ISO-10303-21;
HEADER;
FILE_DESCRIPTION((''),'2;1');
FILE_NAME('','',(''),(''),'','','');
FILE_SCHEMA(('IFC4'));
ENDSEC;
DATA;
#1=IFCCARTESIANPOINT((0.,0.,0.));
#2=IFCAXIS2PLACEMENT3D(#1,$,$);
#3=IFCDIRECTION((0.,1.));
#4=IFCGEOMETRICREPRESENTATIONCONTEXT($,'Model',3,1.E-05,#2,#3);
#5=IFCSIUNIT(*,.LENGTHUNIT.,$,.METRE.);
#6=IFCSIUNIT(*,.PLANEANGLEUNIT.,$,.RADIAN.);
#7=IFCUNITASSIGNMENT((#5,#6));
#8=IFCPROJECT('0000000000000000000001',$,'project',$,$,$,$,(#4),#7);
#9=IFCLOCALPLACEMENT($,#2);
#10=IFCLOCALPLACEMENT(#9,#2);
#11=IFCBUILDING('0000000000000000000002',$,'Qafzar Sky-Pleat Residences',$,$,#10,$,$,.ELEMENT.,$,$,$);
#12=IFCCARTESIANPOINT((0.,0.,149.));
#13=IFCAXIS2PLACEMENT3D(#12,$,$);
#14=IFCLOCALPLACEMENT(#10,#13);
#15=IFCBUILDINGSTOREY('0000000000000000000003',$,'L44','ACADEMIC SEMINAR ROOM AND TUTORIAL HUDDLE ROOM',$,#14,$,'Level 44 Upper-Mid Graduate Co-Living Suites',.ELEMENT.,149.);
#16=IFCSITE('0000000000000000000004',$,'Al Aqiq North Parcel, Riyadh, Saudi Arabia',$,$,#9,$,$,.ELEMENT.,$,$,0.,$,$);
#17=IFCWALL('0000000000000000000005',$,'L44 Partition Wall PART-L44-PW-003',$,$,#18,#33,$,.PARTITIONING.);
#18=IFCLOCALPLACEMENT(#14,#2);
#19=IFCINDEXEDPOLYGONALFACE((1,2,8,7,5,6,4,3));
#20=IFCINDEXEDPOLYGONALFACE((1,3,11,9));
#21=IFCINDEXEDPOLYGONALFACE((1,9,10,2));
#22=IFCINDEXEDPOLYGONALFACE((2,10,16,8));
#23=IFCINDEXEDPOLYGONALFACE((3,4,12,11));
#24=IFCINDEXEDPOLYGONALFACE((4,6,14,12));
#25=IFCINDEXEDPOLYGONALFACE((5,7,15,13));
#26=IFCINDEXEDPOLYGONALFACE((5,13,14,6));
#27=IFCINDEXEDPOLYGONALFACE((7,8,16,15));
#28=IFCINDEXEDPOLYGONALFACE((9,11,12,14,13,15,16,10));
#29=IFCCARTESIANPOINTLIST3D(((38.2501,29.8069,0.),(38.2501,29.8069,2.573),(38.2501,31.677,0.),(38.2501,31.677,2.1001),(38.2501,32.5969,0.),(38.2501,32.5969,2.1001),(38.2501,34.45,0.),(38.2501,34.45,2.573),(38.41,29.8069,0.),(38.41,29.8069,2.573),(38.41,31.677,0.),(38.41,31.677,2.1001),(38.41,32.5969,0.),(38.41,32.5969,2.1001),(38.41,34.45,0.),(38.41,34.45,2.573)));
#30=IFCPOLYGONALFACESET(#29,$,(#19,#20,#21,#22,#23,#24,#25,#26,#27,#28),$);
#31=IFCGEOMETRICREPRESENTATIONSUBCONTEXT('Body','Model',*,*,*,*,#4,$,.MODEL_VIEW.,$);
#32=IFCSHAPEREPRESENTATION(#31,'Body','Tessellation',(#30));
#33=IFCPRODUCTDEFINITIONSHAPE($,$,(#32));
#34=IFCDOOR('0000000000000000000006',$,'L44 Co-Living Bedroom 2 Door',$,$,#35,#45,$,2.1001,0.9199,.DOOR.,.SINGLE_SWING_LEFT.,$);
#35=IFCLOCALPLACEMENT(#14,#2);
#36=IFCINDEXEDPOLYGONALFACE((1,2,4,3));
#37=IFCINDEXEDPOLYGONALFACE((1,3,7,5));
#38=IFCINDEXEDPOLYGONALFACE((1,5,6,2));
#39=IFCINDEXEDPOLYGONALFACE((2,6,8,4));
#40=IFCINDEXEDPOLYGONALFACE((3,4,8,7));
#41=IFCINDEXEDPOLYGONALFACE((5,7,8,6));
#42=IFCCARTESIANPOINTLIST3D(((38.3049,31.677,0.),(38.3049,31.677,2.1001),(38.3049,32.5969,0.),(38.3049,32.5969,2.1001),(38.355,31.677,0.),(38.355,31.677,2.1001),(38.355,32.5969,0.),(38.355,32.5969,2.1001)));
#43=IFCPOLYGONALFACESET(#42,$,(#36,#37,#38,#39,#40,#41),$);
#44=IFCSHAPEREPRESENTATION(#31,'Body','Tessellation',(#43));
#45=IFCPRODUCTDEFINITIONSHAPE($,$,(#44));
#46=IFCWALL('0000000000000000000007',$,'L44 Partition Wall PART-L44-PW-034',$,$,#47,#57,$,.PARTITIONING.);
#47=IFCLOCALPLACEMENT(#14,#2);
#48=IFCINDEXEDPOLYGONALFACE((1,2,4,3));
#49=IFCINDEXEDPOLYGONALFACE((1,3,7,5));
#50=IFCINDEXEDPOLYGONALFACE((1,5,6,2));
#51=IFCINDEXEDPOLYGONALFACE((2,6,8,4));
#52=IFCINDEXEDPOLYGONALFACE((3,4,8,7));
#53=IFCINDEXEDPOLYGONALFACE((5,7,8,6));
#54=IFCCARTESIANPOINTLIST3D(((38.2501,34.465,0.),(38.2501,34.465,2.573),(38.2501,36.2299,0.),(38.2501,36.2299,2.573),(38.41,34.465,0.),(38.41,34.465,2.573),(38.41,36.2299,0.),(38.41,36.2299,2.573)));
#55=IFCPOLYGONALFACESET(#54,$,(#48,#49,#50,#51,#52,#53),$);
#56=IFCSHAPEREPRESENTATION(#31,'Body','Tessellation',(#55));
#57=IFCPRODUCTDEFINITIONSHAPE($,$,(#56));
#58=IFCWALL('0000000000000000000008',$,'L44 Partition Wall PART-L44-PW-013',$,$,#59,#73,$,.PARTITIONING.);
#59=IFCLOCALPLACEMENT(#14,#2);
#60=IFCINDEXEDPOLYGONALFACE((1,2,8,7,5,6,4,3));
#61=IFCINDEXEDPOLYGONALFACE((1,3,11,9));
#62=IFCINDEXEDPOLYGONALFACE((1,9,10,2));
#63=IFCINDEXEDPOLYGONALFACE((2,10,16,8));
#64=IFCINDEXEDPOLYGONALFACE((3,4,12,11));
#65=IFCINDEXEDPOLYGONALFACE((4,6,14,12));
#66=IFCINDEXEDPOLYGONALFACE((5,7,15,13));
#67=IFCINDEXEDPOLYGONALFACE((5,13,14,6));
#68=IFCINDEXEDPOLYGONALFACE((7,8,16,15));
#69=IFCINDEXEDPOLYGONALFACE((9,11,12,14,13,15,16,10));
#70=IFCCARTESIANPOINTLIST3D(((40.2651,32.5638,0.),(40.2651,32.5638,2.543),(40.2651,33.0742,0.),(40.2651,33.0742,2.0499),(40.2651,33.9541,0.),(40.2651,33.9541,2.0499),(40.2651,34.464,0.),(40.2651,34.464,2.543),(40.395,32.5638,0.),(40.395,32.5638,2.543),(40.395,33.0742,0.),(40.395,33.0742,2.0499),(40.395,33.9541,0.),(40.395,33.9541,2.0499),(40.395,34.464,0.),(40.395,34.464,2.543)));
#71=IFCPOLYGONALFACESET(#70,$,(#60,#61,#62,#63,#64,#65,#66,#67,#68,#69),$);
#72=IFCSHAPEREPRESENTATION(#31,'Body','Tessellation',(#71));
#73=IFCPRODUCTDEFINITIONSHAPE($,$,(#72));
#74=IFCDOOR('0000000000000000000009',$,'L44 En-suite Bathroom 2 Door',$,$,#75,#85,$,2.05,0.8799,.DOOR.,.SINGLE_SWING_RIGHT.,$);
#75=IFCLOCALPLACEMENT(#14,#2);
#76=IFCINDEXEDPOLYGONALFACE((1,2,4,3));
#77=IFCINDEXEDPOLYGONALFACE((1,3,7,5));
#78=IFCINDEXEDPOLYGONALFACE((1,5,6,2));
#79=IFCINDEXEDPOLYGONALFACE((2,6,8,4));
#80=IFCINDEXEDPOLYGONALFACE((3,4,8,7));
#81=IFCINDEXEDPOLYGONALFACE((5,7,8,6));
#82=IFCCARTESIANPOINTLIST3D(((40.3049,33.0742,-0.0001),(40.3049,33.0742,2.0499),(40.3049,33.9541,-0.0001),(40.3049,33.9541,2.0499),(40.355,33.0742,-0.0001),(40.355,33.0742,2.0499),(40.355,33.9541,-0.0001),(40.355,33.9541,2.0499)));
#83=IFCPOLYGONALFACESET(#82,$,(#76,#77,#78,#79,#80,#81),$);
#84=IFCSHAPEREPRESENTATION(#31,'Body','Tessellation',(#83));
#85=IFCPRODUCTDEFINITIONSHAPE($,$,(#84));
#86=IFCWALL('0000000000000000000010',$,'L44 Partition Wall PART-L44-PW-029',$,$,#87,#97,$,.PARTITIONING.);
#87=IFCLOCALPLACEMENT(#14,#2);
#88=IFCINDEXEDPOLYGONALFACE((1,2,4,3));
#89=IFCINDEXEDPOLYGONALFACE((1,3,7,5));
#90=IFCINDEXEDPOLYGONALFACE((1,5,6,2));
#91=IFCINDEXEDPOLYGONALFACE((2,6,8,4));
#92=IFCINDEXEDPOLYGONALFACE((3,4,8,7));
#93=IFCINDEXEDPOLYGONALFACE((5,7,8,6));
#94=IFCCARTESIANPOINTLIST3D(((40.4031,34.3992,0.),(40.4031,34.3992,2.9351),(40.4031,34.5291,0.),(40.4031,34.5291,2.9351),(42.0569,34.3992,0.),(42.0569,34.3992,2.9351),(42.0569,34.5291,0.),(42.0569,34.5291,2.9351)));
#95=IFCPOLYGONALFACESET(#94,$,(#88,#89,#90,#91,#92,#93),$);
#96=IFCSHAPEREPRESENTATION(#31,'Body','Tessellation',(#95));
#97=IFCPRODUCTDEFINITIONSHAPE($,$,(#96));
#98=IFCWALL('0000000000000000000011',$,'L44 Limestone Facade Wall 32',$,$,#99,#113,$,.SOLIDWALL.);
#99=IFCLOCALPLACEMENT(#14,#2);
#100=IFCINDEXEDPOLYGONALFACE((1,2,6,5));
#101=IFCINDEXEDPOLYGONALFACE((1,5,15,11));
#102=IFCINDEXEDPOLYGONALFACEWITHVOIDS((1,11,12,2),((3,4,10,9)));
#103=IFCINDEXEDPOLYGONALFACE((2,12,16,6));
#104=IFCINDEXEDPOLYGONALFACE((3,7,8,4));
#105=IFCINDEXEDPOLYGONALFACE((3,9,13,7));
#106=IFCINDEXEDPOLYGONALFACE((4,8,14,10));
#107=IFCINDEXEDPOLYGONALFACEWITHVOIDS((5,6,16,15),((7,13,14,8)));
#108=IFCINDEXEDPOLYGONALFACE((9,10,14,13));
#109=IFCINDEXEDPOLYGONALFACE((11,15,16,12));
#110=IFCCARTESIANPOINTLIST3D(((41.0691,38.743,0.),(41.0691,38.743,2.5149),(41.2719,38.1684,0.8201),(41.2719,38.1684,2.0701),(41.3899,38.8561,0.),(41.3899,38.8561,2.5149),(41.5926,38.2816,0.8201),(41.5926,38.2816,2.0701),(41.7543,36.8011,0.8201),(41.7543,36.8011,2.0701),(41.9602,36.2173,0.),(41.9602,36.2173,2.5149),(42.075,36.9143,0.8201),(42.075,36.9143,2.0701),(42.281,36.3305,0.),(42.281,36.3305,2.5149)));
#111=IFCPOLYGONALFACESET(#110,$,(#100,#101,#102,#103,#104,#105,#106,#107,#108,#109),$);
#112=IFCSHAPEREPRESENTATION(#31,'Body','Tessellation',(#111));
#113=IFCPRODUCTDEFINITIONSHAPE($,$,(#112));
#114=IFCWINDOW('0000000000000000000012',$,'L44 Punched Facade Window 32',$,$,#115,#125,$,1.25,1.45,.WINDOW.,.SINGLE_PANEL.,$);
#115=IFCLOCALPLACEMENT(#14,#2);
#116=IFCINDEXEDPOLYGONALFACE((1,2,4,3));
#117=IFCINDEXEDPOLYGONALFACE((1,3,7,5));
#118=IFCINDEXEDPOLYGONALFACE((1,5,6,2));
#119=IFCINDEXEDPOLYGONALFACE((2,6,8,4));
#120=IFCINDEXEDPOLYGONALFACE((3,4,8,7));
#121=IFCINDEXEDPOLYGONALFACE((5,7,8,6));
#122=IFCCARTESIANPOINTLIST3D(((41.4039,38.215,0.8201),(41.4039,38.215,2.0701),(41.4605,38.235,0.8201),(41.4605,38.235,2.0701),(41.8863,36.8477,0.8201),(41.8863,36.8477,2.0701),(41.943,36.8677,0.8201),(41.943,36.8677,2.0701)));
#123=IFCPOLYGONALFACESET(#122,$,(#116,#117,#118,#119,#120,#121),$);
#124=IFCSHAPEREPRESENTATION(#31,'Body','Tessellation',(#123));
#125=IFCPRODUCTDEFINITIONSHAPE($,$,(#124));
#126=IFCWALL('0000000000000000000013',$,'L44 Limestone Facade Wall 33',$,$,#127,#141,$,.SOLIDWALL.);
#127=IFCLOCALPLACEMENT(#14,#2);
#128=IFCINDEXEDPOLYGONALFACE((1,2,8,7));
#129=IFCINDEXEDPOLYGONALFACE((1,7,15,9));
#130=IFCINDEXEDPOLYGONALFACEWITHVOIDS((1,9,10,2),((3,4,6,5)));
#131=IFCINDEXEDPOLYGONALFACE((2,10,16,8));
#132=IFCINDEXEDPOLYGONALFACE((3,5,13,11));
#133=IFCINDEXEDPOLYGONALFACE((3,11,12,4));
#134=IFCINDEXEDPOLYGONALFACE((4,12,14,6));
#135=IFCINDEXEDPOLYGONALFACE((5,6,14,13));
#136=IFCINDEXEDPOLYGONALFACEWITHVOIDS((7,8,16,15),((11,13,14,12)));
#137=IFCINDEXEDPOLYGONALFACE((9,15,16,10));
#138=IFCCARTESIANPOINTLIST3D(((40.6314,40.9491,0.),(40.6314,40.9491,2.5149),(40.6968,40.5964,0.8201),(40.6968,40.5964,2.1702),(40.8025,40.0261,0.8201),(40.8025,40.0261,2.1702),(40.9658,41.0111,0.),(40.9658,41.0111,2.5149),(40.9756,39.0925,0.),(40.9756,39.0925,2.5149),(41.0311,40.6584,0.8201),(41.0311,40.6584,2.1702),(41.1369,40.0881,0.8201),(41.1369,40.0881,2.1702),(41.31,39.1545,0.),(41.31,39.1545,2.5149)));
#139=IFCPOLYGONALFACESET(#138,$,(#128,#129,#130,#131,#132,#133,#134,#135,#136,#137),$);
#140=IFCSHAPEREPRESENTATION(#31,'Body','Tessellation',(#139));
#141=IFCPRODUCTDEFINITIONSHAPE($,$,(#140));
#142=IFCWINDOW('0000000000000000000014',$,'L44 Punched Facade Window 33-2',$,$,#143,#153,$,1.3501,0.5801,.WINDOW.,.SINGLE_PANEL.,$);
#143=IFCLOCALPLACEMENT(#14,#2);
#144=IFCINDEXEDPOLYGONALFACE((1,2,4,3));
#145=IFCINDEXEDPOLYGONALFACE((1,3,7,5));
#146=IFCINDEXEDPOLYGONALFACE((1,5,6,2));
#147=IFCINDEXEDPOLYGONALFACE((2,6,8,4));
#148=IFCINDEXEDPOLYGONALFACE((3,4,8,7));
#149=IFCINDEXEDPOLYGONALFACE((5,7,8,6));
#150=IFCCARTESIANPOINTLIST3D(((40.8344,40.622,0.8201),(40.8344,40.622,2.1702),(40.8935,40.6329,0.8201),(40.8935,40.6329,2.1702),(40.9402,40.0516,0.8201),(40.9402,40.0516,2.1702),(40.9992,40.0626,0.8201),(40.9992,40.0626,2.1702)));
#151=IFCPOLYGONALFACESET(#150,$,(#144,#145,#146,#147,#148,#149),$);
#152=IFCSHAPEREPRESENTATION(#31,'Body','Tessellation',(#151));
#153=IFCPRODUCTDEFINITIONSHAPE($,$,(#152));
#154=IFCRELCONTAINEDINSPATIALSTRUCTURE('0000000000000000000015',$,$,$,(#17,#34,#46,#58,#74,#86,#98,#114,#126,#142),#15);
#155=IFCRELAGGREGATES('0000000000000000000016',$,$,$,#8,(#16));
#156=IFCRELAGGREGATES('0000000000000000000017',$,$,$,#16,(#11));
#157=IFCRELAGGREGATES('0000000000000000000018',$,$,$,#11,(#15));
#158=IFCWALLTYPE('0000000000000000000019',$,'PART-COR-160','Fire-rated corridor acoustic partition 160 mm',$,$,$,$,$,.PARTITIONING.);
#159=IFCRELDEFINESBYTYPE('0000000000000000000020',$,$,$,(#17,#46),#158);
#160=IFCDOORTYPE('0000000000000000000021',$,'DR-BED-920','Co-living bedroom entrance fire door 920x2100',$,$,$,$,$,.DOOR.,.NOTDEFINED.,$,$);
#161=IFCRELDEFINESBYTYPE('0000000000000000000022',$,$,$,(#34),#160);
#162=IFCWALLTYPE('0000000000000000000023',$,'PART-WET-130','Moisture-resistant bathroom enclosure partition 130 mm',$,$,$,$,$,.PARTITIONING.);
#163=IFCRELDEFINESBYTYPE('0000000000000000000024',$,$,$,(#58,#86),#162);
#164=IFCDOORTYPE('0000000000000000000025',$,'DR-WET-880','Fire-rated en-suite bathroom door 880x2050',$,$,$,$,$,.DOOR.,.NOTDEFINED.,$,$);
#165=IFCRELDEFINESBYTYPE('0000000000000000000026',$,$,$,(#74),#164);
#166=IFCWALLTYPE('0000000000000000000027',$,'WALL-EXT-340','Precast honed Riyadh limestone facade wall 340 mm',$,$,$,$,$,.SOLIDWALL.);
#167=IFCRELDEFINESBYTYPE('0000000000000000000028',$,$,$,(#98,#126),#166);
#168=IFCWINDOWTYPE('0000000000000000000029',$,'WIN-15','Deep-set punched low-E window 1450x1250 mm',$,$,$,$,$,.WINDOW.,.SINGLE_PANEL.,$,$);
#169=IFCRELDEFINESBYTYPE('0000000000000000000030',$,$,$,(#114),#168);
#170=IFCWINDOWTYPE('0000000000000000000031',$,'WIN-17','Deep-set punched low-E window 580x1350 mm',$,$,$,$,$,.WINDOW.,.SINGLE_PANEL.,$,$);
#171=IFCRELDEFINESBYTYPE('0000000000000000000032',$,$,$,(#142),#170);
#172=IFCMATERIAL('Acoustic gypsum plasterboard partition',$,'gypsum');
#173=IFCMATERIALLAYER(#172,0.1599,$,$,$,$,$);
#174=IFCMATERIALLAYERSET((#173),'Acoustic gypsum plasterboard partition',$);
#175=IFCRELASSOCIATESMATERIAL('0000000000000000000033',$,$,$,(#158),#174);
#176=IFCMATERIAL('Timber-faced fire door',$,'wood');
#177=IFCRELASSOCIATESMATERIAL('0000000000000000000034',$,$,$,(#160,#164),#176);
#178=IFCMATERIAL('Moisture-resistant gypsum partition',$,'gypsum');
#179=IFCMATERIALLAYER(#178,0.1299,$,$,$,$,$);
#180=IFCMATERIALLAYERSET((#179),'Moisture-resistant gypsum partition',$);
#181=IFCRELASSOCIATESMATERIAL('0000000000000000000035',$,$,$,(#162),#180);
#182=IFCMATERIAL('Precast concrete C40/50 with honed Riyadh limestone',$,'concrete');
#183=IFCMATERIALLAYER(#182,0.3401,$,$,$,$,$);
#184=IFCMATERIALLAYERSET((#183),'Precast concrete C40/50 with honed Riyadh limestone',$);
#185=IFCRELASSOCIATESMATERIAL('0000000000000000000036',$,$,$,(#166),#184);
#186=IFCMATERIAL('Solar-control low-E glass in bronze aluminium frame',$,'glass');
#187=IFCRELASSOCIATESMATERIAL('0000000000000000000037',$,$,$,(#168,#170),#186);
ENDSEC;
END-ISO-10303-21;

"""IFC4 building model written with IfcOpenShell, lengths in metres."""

from ifc_helpers import new_model, si_unit, direction, frame, frame_2d, origin, place, context, subcontext, project, spatial, rectangle, extrude, source, transform, mapped, material, layer, layer_set, type_object, element, fill, save


model = new_model("IFC4")

# Units and contexts
model_context = context("Model", 3, precision=1e-05, world=origin(), true_north=direction((0.0, 1.0)))
body_context = subcontext(model_context, "Body", "Model", "MODEL_VIEW")
ifc_project = project(units=[si_unit("LENGTHUNIT", "METRE"), si_unit("PLANEANGLEUNIT", "RADIAN")], contexts=[model_context])

# Site, building, storey
site_placement = place(None, origin())
site = spatial("IfcSite", under=ifc_project, at=site_placement, Name="Al Aqiq North Parcel, Riyadh, Saudi Arabia", CompositionType="ELEMENT", RefElevation=0.0)
building_placement = place(site_placement, origin())
building = spatial("IfcBuilding", under=site, at=building_placement, Name="Qafzar Sky-Pleat Residences", CompositionType="ELEMENT")
storey_placement = place(building_placement, frame((0.0, 0.0, 149.0)))
storey = spatial("IfcBuildingStorey", under=building, at=storey_placement, Name="L44", Description="ACADEMIC SEMINAR ROOM AND TUTORIAL HUDDLE ROOM", LongName="Level 44 Upper-Mid Graduate Co-Living Suites", CompositionType="ELEMENT", Elevation=149.0)

# Wall, opening, door
ifc_material_1 = material(Name="Acoustic gypsum plasterboard partition", Category="gypsum")
ifc_layer_1 = layer(ifc_material_1, 0.1599)
ifc_layer_set_1 = layer_set([ifc_layer_1], Name="Acoustic gypsum plasterboard partition")
wall_type_1 = type_object("IfcWallType", Name="PART-COR-160", Description="Fire-rated corridor acoustic partition 160 mm", PredefinedType="PARTITIONING", material=ifc_layer_set_1)
wall_1_placement = place(storey_placement, frame((38.3301, 34.45, 0.0), z_axis=(0.0, 0.0, 1.0), x_axis=(0.0, -1.0, 0.0)))
wall_1 = element("IfcWall", 1, at=wall_1_placement, inside=storey, type_object=wall_type_1, Name="L44 Partition Wall PART-L44-PW-003", PredefinedType="PARTITIONING", context=body_context, shape_type="SweptSolid", body=[
    extrude(rectangle(XDim=4.6431, YDim=0.1599, at=frame_2d((2.3215, 0.0))), origin(), (0.0, 0.0, 1.0), 2.573),
])
opening_1_placement = place(wall_1_placement, frame((1.853, 0.0, 0.0)))
opening_1 = element("IfcOpeningElement", 2, at=opening_1_placement, cuts=wall_1, PredefinedType="OPENING", context=body_context, shape_type="SweptSolid", body=[
    extrude(rectangle(XDim=0.9199, YDim=2.1001, at=frame_2d((0.46, 1.05))), frame((0.0, 0.0898, 0.0), z_axis=(0.0, -1.0, 0.0), x_axis=(1.0, 0.0, 0.0)), (0.0, 0.0, 1.0), 0.1799),
])
ifc_material_2 = material(Name="Timber-faced fire door", Category="wood")
door_type_1 = type_object("IfcDoorType", Name="DR-BED-920", Description="Co-living bedroom entrance fire door 920x2100", OperationType="NOTDEFINED", PredefinedType="DOOR", material=ifc_material_2)
shared_shape_1 = source(origin(), body_context, "Body", "SweptSolid", [
    extrude(rectangle(XDim=0.9199, YDim=2.1001, at=frame_2d((0.46, 1.05))), frame((0.0, 0.0249, 0.0), z_axis=(0.0, -1.0, 0.0), x_axis=(1.0, 0.0, 0.0)), (0.0, 0.0, 1.0), 0.05),
])
door_1_placement = place(opening_1_placement, origin())
door_1 = element("IfcDoor", 3, at=door_1_placement, inside=storey, type_object=door_type_1, Name="L44 Co-Living Bedroom 2 Door", OperationType="SINGLE_SWING_LEFT", OverallHeight=2.1001, OverallWidth=0.9199, PredefinedType="DOOR", context=body_context, shape_type="MappedRepresentation", body=[
    mapped(shared_shape_1, transform((0.0, 0.0, 0.0), x_axis=(1.0, 0.0, 0.0), y_axis=(0.0, 1.0, 0.0), z_axis=(0.0, 0.0, 1.0), scale=1.0)),
])
fill(opening_1, door_1)

# Wall
wall_2_placement = place(storey_placement, frame((38.3301, 34.4651, 0.0), z_axis=(0.0, 0.0, 1.0), x_axis=(0.0, 1.0, 0.0)))
element("IfcWall", 4, at=wall_2_placement, inside=storey, type_object=wall_type_1, Name="L44 Partition Wall PART-L44-PW-034", PredefinedType="PARTITIONING", context=body_context, shape_type="SweptSolid", body=[
    extrude(rectangle(XDim=1.7649, YDim=0.1599, at=frame_2d((0.8823, 0.0))), origin(), (0.0, 0.0, 1.0), 2.573),
])

# Wall, opening, door
ifc_material_3 = material(Name="Moisture-resistant gypsum partition", Category="gypsum")
ifc_layer_2 = layer(ifc_material_3, 0.1299)
ifc_layer_set_2 = layer_set([ifc_layer_2], Name="Moisture-resistant gypsum partition")
wall_type_2 = type_object("IfcWallType", Name="PART-WET-130", Description="Moisture-resistant bathroom enclosure partition 130 mm", PredefinedType="PARTITIONING", material=ifc_layer_set_2)
wall_3_placement = place(storey_placement, frame((40.3301, 34.4641, 0.0), z_axis=(0.0, 0.0, 1.0), x_axis=(0.0, -1.0, 0.0)))
wall_3 = element("IfcWall", 5, at=wall_3_placement, inside=storey, type_object=wall_type_2, Name="L44 Partition Wall PART-L44-PW-013", PredefinedType="PARTITIONING", context=body_context, shape_type="SweptSolid", body=[
    extrude(rectangle(XDim=1.9001, YDim=0.1299, at=frame_2d((0.9502, 0.0))), origin(), (0.0, 0.0, 1.0), 2.543),
])
opening_2_placement = place(wall_3_placement, frame((0.51, 0.0, 0.0)))
opening_2 = element("IfcOpeningElement", 6, at=opening_2_placement, cuts=wall_3, PredefinedType="OPENING", context=body_context, shape_type="SweptSolid", body=[
    extrude(rectangle(XDim=0.8799, YDim=2.05, at=frame_2d((0.4399, 1.0249))), frame((0.0, 0.075, 0.0), z_axis=(0.0, -1.0, 0.0), x_axis=(1.0, 0.0, 0.0)), (0.0, 0.0, 1.0), 0.1499),
])
door_type_2 = type_object("IfcDoorType", Name="DR-WET-880", Description="Fire-rated en-suite bathroom door 880x2050", OperationType="NOTDEFINED", PredefinedType="DOOR", material=ifc_material_2)
shared_shape_2 = source(origin(), body_context, "Body", "SweptSolid", [
    extrude(rectangle(XDim=0.8799, YDim=2.05, at=frame_2d((0.4399, 1.0249))), frame((0.0, 0.0249, 0.0), z_axis=(0.0, -1.0, 0.0), x_axis=(1.0, 0.0, 0.0)), (0.0, 0.0, 1.0), 0.05),
])
door_2_placement = place(opening_2_placement, origin())
door_2 = element("IfcDoor", 7, at=door_2_placement, inside=storey, type_object=door_type_2, Name="L44 En-suite Bathroom 2 Door", OperationType="SINGLE_SWING_RIGHT", OverallHeight=2.05, OverallWidth=0.8799, PredefinedType="DOOR", context=body_context, shape_type="MappedRepresentation", body=[
    mapped(shared_shape_2, transform((0.0, 0.0, 0.0), x_axis=(1.0, 0.0, 0.0), y_axis=(0.0, 1.0, 0.0), z_axis=(0.0, 0.0, 1.0), scale=1.0)),
])
fill(opening_2, door_2)

# Wall
wall_4_placement = place(storey_placement, frame((40.4031, 34.4641, 0.0), z_axis=(0.0, 0.0, 1.0), x_axis=(1.0, 0.0, 0.0)))
element("IfcWall", 8, at=wall_4_placement, inside=storey, type_object=wall_type_2, Name="L44 Partition Wall PART-L44-PW-029", PredefinedType="PARTITIONING", context=body_context, shape_type="SweptSolid", body=[
    extrude(rectangle(XDim=1.6538, YDim=0.1299, at=frame_2d((0.8269, 0.0))), origin(), (0.0, 0.0, 1.0), 2.9351),
])

# Walls, openings, windows
ifc_material_4 = material(Name="Precast concrete C40/50 with honed Riyadh limestone", Category="concrete")
ifc_layer_3 = layer(ifc_material_4, 0.3401)
ifc_layer_set_3 = layer_set([ifc_layer_3], Name="Precast concrete C40/50 with honed Riyadh limestone")
wall_type_3 = type_object("IfcWallType", Name="WALL-EXT-340", Description="Precast honed Riyadh limestone facade wall 340 mm", PredefinedType="SOLIDWALL", material=ifc_layer_set_3)
wall_5_placement = place(storey_placement, frame((42.1206, 36.2739, 0.0), z_axis=(0.0, 0.0, 1.0), x_axis=(-0.332725, 0.943024, 0.0)))
wall_5 = element("IfcWall", 9, at=wall_5_placement, inside=storey, type_object=wall_type_3, Name="L44 Limestone Facade Wall 32", PredefinedType="SOLIDWALL", context=body_context, shape_type="SweptSolid", body=[
    extrude(rectangle(XDim=2.6782, YDim=0.3401, at=frame_2d((1.3391, 0.0))), origin(), (0.0, 0.0, 1.0), 2.5149),
])
opening_3_placement = place(wall_5_placement, frame((0.6189, 0.0, 0.8201)))
opening_3 = element("IfcOpeningElement", 10, at=opening_3_placement, cuts=wall_5, PredefinedType="OPENING", context=body_context, shape_type="SweptSolid", body=[
    extrude(rectangle(XDim=1.45, YDim=1.25, at=frame_2d((0.7251, 0.625))), frame((0.0, 0.1802, 0.0), z_axis=(0.0, -1.0, 0.0), x_axis=(1.0, 0.0, 0.0)), (0.0, 0.0, 1.0), 0.3601),
])
ifc_material_5 = material(Name="Solar-control low-E glass in bronze aluminium frame", Category="glass")
window_type_1 = type_object("IfcWindowType", Name="WIN-15", Description="Deep-set punched low-E window 1450x1250 mm", PartitioningType="SINGLE_PANEL", PredefinedType="WINDOW", material=ifc_material_5)
shared_shape_3 = source(origin(), body_context, "Body", "SweptSolid", [
    extrude(rectangle(XDim=1.45, YDim=1.25, at=frame_2d((0.7251, 0.625))), frame((0.0, 0.03, 0.0), z_axis=(0.0, -1.0, 0.0), x_axis=(1.0, 0.0, 0.0)), (0.0, 0.0, 1.0), 0.0601),
])
window_1_placement = place(opening_3_placement, origin())
window_1 = element("IfcWindow", 11, at=window_1_placement, inside=storey, type_object=window_type_1, Name="L44 Punched Facade Window 32", OverallHeight=1.25, OverallWidth=1.45, PartitioningType="SINGLE_PANEL", PredefinedType="WINDOW", context=body_context, shape_type="MappedRepresentation", body=[
    mapped(shared_shape_3, transform((0.0, 0.0, 0.0), x_axis=(1.0, 0.0, 0.0), y_axis=(0.0, 1.0, 0.0), z_axis=(0.0, 0.0, 1.0), scale=1.0)),
])
fill(opening_3, window_1)
wall_6_placement = place(storey_placement, frame((41.1428, 39.1235, 0.0), z_axis=(0.0, 0.0, 1.0), x_axis=(-0.182321, 0.983239, 0.0)))
wall_6 = element("IfcWall", 12, at=wall_6_placement, inside=storey, type_object=wall_type_3, Name="L44 Limestone Facade Wall 33", PredefinedType="SOLIDWALL", context=body_context, shape_type="SweptSolid", body=[
    extrude(rectangle(XDim=1.8882, YDim=0.3401, at=frame_2d((0.9441, 0.0))), origin(), (0.0, 0.0, 1.0), 2.5149),
])
opening_4_placement = place(wall_6_placement, frame((0.9495, 0.0, 0.8201)))
opening_4 = element("IfcOpeningElement", 13, at=opening_4_placement, cuts=wall_6, PredefinedType="OPENING", context=body_context, shape_type="SweptSolid", body=[
    extrude(rectangle(XDim=0.5801, YDim=1.3501, at=frame_2d((0.29, 0.675))), frame((0.0, 0.1802, 0.0), z_axis=(0.0, -1.0, 0.0), x_axis=(1.0, 0.0, 0.0)), (0.0, 0.0, 1.0), 0.3601),
])
window_type_2 = type_object("IfcWindowType", Name="WIN-17", Description="Deep-set punched low-E window 580x1350 mm", PartitioningType="SINGLE_PANEL", PredefinedType="WINDOW", material=ifc_material_5)
shared_shape_4 = source(origin(), body_context, "Body", "SweptSolid", [
    extrude(rectangle(XDim=0.5801, YDim=1.3501, at=frame_2d((0.29, 0.675))), frame((0.0, 0.03, 0.0), z_axis=(0.0, -1.0, 0.0), x_axis=(1.0, 0.0, 0.0)), (0.0, 0.0, 1.0), 0.0601),
])
window_2_placement = place(opening_4_placement, origin())
window_2 = element("IfcWindow", 14, at=window_2_placement, inside=storey, type_object=window_type_2, Name="L44 Punched Facade Window 33-2", OverallHeight=1.3501, OverallWidth=0.5801, PartitioningType="SINGLE_PANEL", PredefinedType="WINDOW", context=body_context, shape_type="MappedRepresentation", body=[
    mapped(shared_shape_4, transform((0.0, 0.0, 0.0), x_axis=(1.0, 0.0, 0.0), y_axis=(0.0, 1.0, 0.0), z_axis=(0.0, 0.0, 1.0), scale=1.0)),
])
fill(opening_4, window_2)

save(model, "model.ifc")
